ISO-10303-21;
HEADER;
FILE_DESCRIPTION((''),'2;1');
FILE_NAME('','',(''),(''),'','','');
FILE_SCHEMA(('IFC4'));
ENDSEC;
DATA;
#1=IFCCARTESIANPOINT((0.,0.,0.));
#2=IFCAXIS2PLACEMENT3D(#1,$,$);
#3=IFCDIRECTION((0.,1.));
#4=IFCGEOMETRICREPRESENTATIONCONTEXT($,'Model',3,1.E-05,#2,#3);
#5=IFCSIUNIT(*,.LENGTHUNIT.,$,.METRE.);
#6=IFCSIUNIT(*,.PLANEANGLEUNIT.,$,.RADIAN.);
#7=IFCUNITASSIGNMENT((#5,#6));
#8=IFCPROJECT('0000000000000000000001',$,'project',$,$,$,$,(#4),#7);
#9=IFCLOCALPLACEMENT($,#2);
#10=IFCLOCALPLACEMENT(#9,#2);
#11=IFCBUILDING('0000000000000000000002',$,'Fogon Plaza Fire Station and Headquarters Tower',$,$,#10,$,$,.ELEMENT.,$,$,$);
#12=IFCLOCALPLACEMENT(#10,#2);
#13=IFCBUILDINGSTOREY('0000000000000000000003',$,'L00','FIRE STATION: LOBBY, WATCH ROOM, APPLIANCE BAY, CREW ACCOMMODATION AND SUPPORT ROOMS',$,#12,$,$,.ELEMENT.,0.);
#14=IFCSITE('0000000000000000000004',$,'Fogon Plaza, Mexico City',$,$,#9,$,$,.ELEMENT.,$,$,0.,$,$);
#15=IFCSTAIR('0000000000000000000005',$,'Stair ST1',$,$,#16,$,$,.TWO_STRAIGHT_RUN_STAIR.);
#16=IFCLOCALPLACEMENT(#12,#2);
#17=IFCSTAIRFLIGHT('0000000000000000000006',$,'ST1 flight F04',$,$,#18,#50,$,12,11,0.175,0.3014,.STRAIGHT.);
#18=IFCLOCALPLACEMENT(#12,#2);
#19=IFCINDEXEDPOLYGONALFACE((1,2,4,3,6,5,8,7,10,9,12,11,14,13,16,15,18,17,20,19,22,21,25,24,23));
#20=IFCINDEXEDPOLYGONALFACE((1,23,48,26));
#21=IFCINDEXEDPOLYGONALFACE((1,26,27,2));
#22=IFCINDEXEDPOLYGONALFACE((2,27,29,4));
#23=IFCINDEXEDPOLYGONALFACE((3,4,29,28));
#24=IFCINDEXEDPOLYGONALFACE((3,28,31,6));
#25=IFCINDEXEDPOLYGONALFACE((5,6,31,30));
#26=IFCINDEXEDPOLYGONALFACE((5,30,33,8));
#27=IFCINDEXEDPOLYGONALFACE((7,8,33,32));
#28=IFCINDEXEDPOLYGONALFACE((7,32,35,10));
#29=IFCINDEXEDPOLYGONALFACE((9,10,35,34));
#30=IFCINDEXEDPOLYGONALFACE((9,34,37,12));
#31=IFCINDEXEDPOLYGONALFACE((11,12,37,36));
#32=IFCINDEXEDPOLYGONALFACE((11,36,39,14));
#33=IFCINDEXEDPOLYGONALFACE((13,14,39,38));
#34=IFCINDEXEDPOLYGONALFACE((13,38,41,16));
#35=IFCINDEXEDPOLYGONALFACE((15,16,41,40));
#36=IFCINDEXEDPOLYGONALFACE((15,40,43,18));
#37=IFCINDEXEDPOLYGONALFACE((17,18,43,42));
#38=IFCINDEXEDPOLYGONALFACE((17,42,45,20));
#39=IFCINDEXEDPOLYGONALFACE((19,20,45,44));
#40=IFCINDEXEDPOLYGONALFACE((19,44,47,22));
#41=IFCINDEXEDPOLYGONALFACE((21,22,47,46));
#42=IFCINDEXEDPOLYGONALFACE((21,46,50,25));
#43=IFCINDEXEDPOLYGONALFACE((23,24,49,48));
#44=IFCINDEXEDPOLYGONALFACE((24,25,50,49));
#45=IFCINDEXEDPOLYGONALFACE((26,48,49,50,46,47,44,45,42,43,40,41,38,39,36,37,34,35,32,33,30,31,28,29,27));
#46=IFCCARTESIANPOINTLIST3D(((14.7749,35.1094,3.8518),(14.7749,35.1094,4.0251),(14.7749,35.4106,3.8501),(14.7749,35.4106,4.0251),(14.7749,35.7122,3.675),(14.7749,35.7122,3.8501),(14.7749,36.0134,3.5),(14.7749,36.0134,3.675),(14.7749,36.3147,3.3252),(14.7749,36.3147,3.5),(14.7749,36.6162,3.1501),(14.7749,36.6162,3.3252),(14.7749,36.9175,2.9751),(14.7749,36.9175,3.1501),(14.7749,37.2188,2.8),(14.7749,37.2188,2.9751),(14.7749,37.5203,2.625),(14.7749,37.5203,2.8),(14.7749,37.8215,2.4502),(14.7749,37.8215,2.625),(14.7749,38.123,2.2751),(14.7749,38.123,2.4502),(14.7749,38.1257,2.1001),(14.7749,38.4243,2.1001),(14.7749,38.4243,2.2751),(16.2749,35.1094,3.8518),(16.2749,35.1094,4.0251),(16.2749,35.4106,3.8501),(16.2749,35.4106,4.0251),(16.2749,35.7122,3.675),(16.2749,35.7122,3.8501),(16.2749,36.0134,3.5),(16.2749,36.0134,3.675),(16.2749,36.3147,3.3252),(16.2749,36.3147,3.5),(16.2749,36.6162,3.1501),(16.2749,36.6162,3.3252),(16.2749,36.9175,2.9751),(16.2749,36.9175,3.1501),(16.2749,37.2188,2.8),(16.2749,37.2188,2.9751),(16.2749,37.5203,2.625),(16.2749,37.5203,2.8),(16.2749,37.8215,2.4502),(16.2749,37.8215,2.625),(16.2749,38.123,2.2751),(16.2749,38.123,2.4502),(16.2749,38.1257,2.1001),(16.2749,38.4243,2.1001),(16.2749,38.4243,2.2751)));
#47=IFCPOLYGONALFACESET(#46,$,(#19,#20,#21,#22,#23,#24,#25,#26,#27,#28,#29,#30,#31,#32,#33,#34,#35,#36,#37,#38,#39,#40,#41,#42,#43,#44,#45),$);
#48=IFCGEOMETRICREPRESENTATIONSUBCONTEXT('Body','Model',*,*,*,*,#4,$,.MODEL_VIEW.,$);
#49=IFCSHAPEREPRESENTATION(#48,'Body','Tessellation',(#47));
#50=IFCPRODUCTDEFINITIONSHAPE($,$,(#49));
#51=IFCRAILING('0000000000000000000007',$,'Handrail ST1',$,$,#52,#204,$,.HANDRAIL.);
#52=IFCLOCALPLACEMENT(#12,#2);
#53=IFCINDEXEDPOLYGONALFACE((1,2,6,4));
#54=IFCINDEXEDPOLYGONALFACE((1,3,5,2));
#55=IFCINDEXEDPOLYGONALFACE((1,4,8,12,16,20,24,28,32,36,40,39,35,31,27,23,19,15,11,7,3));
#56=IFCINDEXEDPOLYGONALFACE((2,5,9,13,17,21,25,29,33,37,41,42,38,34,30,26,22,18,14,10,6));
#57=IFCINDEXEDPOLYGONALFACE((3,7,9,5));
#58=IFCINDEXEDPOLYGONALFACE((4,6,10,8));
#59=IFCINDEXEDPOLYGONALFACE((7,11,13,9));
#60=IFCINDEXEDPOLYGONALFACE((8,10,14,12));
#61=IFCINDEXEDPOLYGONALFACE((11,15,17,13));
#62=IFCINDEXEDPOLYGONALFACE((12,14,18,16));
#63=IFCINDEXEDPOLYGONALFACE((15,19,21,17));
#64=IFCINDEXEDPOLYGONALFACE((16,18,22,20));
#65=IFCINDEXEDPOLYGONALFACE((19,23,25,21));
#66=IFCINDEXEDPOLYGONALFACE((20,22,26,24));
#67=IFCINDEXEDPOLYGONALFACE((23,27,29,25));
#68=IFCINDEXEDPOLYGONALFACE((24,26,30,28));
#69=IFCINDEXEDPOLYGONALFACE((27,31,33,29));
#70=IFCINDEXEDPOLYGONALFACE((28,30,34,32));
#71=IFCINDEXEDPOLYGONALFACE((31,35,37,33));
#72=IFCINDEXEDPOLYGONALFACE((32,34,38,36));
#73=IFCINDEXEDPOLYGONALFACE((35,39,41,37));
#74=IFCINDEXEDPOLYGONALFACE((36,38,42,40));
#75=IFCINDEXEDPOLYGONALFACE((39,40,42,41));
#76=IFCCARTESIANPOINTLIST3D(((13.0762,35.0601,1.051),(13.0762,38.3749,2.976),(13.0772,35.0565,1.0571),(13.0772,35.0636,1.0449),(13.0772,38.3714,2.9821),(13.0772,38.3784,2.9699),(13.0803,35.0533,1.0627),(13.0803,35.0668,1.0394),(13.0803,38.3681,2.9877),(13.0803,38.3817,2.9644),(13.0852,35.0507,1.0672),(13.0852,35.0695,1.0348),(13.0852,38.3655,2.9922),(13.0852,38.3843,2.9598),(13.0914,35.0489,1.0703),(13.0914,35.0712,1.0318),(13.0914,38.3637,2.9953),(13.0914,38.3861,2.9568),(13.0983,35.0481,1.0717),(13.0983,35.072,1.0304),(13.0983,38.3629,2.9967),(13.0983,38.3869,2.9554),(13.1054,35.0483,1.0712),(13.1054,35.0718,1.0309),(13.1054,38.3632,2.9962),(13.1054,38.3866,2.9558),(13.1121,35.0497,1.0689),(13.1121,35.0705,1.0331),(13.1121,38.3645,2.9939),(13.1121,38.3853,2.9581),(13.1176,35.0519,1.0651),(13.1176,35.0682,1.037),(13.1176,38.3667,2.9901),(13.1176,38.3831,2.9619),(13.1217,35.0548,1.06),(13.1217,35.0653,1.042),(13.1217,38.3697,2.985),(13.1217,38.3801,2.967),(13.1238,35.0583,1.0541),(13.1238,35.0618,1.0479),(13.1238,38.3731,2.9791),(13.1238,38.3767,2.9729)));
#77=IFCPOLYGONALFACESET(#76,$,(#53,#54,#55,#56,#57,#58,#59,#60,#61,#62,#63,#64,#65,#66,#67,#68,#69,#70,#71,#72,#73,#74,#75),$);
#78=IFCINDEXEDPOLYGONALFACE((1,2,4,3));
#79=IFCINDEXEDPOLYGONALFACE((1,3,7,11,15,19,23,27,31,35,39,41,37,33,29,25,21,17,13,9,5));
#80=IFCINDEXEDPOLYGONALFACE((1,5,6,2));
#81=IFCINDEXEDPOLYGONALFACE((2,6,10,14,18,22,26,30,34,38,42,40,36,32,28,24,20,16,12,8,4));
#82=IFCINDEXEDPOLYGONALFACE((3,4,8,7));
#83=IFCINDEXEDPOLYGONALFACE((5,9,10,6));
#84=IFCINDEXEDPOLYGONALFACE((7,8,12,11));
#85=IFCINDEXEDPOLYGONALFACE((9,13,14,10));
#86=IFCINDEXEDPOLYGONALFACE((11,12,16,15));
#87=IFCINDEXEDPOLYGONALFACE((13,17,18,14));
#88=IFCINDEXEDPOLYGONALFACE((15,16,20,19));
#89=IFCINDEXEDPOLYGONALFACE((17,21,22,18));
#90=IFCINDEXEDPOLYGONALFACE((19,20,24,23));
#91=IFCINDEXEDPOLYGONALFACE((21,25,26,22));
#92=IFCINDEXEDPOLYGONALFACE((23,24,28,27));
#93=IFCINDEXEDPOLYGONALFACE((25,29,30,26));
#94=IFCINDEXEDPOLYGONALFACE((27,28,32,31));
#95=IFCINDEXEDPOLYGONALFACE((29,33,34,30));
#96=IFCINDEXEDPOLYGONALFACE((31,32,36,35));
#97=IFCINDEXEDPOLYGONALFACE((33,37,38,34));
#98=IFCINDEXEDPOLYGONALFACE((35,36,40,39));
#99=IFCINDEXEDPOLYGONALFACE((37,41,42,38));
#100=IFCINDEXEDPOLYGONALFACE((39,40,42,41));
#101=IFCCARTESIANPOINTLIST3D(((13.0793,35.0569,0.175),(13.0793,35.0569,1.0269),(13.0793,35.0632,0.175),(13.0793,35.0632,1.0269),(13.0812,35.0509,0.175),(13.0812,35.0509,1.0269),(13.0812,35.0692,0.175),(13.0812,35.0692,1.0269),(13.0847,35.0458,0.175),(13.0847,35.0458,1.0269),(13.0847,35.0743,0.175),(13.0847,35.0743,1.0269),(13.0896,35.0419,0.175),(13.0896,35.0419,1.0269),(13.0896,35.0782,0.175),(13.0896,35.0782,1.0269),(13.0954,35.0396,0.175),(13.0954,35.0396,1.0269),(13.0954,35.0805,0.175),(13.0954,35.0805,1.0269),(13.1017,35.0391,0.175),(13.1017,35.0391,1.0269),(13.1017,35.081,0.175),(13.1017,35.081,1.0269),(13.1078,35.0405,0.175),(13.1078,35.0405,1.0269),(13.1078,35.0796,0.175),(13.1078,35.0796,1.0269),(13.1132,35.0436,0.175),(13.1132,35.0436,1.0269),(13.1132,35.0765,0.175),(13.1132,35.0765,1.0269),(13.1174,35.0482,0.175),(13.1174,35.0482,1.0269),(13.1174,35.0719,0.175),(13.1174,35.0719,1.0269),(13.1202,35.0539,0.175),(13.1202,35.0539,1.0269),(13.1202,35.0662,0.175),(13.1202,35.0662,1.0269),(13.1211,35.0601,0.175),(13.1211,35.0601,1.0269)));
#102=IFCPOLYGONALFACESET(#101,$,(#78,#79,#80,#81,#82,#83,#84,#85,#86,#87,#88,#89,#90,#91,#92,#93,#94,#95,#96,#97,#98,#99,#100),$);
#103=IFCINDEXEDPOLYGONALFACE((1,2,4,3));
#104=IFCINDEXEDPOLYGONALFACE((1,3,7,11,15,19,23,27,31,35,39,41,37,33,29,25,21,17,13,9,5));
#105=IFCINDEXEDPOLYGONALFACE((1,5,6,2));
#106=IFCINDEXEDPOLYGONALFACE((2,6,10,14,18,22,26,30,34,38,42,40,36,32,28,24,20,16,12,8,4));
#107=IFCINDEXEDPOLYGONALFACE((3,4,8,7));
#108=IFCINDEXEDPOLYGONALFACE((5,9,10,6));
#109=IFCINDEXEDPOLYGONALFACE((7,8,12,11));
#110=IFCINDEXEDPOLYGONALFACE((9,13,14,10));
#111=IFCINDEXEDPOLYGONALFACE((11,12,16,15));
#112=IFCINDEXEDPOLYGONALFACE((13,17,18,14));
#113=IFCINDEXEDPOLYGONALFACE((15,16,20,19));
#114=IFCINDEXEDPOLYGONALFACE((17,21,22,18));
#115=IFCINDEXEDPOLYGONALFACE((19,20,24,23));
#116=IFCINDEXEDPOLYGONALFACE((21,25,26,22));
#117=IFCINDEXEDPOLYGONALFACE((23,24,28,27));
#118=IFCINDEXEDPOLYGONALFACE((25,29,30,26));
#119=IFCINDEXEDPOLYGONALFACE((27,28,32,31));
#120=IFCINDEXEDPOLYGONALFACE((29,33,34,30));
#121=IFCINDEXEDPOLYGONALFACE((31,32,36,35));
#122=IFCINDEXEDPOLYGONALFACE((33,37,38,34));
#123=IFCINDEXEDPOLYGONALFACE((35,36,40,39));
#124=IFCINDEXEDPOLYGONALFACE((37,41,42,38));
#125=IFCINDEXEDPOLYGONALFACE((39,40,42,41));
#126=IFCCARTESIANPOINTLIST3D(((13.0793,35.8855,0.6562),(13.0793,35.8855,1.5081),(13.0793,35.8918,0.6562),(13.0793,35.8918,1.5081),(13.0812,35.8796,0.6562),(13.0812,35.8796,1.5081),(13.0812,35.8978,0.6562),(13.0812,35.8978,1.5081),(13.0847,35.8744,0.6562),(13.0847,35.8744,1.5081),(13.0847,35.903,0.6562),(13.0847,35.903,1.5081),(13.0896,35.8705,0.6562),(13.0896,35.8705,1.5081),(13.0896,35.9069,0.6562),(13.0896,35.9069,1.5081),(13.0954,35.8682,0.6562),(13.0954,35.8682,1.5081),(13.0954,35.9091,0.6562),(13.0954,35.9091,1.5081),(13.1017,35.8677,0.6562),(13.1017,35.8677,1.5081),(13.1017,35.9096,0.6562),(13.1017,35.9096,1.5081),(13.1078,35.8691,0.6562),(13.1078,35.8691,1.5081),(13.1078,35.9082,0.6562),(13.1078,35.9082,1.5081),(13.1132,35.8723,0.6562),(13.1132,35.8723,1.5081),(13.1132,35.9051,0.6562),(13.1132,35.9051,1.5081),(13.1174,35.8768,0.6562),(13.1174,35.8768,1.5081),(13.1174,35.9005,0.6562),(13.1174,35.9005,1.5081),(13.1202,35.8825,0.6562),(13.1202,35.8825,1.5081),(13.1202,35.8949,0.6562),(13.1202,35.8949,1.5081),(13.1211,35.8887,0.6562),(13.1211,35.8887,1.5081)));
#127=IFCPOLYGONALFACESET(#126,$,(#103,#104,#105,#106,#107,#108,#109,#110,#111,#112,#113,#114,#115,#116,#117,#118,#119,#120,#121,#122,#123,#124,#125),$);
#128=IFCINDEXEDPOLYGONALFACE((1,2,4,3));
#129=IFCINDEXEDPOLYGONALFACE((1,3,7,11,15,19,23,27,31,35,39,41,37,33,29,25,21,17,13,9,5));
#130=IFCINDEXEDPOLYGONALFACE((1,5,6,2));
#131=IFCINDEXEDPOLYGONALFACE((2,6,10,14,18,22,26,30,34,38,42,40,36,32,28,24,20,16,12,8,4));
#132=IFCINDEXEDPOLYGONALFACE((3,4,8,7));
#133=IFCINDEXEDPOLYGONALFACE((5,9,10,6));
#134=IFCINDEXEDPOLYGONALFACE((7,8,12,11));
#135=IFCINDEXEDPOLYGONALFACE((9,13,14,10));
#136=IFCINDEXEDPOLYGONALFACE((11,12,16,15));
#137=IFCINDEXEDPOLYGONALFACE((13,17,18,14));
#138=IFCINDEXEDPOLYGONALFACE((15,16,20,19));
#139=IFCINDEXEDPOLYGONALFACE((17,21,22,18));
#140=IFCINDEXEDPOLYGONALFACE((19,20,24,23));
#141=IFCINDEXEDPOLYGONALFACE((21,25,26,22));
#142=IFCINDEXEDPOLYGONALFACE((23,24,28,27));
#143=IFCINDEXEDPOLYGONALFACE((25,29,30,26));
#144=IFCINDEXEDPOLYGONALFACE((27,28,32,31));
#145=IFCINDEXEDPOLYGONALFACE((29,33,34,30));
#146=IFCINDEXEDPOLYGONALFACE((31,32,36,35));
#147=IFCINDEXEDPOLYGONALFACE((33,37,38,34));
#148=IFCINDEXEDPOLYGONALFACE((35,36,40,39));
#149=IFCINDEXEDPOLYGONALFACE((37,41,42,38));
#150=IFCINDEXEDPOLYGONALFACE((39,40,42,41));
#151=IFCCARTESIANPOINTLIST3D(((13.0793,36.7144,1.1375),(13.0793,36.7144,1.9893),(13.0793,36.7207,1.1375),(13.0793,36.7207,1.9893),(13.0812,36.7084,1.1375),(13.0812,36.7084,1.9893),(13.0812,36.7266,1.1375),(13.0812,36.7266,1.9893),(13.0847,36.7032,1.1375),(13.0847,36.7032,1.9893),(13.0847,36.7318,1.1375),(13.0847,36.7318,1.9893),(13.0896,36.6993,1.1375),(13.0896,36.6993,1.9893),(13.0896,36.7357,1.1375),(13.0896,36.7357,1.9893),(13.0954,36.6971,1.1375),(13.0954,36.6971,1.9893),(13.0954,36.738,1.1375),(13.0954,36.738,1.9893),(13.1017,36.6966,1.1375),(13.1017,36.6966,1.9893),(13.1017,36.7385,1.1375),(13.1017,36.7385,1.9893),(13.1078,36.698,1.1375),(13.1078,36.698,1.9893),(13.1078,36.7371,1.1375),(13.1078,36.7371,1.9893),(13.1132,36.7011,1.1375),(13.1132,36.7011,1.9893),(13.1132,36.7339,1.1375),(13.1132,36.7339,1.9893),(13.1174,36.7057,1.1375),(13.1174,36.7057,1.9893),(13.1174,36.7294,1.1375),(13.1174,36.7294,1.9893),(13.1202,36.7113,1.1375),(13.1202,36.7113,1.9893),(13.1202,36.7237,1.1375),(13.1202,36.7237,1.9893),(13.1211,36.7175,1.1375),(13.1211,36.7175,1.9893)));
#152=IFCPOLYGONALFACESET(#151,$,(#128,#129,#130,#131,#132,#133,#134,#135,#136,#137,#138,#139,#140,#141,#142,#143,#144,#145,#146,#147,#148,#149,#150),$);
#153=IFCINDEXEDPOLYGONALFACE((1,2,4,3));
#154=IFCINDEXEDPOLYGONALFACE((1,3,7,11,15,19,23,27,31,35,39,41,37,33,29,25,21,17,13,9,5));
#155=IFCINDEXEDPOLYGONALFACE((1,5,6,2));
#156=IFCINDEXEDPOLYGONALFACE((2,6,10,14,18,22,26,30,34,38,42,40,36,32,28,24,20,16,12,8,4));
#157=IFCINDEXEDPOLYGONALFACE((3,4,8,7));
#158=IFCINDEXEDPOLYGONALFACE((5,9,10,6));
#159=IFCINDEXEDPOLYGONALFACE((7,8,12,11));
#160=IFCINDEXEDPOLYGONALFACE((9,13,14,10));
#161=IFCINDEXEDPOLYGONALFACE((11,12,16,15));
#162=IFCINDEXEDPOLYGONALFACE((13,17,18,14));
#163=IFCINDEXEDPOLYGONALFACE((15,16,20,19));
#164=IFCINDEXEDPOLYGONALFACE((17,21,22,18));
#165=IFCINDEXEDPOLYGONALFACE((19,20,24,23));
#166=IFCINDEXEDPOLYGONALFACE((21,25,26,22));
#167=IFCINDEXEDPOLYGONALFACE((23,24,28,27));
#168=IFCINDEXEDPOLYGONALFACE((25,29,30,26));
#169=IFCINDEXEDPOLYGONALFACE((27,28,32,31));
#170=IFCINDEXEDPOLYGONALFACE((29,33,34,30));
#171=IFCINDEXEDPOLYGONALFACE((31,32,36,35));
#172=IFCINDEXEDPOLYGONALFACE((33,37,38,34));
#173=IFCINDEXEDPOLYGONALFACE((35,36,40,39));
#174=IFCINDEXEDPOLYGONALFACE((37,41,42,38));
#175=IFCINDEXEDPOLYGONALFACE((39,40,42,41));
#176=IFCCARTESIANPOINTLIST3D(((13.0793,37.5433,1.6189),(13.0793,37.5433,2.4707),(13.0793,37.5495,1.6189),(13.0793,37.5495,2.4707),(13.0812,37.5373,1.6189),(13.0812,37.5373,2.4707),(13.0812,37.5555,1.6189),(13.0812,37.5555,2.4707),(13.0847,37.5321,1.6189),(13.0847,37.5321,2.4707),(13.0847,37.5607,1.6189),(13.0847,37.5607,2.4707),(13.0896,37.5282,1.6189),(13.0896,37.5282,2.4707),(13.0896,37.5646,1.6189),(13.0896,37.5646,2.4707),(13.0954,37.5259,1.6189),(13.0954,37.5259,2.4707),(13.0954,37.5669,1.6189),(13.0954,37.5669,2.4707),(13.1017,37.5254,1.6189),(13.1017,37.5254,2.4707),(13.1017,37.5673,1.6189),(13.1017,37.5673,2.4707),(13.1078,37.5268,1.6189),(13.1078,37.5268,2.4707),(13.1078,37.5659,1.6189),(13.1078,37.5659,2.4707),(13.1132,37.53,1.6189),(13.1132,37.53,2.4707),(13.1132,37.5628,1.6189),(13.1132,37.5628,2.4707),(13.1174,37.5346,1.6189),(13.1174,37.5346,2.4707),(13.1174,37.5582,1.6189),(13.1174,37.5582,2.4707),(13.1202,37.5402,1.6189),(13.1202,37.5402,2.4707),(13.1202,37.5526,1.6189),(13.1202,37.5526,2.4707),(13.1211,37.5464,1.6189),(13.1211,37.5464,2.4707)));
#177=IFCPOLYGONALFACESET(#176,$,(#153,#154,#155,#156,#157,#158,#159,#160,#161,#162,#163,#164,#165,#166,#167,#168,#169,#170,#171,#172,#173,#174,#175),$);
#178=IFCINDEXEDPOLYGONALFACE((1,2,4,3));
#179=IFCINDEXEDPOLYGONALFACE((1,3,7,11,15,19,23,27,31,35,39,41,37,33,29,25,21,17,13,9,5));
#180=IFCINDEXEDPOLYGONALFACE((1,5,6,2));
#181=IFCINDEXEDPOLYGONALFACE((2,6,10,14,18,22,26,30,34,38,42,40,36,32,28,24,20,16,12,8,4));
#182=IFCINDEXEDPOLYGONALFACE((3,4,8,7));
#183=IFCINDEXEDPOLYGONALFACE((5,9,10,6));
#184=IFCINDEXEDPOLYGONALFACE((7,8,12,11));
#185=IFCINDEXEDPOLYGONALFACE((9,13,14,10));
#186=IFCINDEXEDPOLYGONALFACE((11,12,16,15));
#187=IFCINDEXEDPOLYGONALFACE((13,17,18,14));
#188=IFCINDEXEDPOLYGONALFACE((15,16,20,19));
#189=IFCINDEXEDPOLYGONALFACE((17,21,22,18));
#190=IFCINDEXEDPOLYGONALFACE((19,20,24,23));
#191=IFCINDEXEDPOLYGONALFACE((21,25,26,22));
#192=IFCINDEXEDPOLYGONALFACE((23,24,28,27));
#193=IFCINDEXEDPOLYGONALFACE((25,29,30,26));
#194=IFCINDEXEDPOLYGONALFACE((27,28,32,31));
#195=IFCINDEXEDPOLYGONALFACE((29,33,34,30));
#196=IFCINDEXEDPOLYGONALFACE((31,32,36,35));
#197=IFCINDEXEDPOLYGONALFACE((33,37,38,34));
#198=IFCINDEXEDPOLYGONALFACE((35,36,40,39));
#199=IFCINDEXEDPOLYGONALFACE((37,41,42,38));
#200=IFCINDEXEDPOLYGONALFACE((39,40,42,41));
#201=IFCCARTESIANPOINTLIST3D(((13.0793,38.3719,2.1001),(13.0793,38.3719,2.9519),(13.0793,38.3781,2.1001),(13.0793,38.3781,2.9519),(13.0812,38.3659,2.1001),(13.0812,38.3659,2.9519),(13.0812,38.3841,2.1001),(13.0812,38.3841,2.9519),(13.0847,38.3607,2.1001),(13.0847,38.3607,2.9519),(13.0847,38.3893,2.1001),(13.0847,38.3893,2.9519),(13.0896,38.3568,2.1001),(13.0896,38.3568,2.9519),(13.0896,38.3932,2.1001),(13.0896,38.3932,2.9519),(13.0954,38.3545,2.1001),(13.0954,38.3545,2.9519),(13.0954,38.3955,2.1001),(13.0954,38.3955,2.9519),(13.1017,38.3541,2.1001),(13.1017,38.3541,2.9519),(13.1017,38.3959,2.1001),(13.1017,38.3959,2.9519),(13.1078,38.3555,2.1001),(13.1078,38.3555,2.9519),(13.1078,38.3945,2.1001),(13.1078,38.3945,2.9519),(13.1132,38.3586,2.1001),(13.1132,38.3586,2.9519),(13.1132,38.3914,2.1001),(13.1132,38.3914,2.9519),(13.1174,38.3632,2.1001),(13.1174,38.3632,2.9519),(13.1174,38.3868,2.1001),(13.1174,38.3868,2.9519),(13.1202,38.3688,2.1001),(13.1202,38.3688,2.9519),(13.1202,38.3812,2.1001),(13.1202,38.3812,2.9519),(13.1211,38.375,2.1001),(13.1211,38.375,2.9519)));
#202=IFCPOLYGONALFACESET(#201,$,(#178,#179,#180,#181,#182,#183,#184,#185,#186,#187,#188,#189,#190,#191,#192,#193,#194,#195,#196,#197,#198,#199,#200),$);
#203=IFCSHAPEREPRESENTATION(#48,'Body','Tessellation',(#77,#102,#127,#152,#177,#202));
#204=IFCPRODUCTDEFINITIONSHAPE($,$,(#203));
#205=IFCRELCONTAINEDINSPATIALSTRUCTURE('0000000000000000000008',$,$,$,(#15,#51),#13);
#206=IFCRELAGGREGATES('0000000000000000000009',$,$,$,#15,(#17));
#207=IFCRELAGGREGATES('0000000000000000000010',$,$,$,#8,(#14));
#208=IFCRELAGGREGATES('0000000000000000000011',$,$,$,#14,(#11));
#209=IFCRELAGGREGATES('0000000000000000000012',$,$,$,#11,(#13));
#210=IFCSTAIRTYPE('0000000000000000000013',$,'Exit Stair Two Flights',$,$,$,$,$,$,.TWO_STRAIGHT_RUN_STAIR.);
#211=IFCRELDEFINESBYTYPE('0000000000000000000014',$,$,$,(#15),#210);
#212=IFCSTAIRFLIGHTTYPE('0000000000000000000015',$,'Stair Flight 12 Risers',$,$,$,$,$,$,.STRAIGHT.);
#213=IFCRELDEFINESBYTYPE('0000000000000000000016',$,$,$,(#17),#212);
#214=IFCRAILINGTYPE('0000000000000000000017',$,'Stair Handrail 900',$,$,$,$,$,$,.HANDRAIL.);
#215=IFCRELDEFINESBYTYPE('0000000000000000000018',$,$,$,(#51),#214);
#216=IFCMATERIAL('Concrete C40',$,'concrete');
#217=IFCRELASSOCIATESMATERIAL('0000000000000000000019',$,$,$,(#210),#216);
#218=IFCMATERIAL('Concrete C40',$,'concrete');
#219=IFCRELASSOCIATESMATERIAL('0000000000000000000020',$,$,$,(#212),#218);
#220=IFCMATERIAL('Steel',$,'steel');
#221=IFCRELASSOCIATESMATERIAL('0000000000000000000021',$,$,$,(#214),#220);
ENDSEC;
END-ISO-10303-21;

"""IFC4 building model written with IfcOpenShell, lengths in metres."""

from ifc_helpers import new_model, si_unit, direction, frame, origin, origin_2d, place, context, subcontext, project, spatial, polyline, circle, outline, extrude, material, type_object, element, aggregate, save


model = new_model("IFC4")

# Units and contexts
model_context = context("Model", 3, precision=1e-05, world=origin(), true_north=direction((0.0, 1.0)))
body_context = subcontext(model_context, "Body", "Model", "MODEL_VIEW")
ifc_project = project(units=[si_unit("LENGTHUNIT", "METRE"), si_unit("PLANEANGLEUNIT", "RADIAN")], contexts=[model_context])

# Site, building, storey
site_placement = place(None, origin())
site = spatial("IfcSite", under=ifc_project, at=site_placement, Name="Fogon Plaza, Mexico City", CompositionType="ELEMENT", RefElevation=0.0)
building_placement = place(site_placement, origin())
building = spatial("IfcBuilding", under=site, at=building_placement, Name="Fogon Plaza Fire Station and Headquarters Tower", CompositionType="ELEMENT")
storey_placement = place(building_placement, origin())
storey = spatial("IfcBuildingStorey", under=building, at=storey_placement, Name="L00", Description="FIRE STATION: LOBBY, WATCH ROOM, APPLIANCE BAY, CREW ACCOMMODATION AND SUPPORT ROOMS", CompositionType="ELEMENT", Elevation=0.0)

# Stair, stair flight
ifc_material_1 = material(Name="Concrete C40", Category="concrete")
stair_type = type_object("IfcStairType", Name="Exit Stair Two Flights", PredefinedType="TWO_STRAIGHT_RUN_STAIR", material=ifc_material_1)
stair_placement = place(storey_placement, origin())
stair = element("IfcStair", 1, at=stair_placement, inside=storey, type_object=stair_type, Name="Stair ST1", PredefinedType="TWO_STRAIGHT_RUN_STAIR")
ifc_material_2 = material(Name="Concrete C40", Category="concrete")
stair_flight_type = type_object("IfcStairFlightType", Name="Stair Flight 12 Risers", PredefinedType="STRAIGHT", material=ifc_material_2)
stair_flight_1_placement = place(storey_placement, frame((15.5249, 38.4243, 2.1001), z_axis=(0.0, 0.0, 1.0), x_axis=(0.0, -1.0, 0.0)))
stair_flight_1 = element("IfcStairFlight", 2, at=stair_flight_1_placement, type_object=stair_flight_type, Name="ST1 flight F04", NumberOfRisers=12, NumberOfTreads=11, PredefinedType="STRAIGHT", RiserHeight=0.175, TreadLength=0.3014, context=body_context, shape_type="SweptSolid", body=[
    extrude(outline(polyline([(0.0, 0.0), (0.0, 0.175), (0.3013, 0.175), (0.3013, 0.3501), (0.6028, 0.3501), (0.6028, 0.5249), (0.9041, 0.5249), (0.9041, 0.7), (1.2056, 0.7), (1.2056, 0.875), (1.5068, 0.875), (1.5068, 1.05), (1.8081, 1.05), (1.8081, 1.2251), (2.1096, 1.2251), (2.1096, 1.3999), (2.4109, 1.3999), (2.4109, 1.575), (2.7122, 1.575), (2.7122, 1.75), (3.0137, 1.75), (3.0137, 1.925), (3.3149, 1.925), (3.3149, 2.1001), (3.3149, 1.7517), (0.2986, 0.0), (0.0, 0.0)])), frame((0.0, 0.75, 0.0), z_axis=(0.0, -1.0, 0.0), x_axis=(1.0, 0.0, 0.0)), (0.0, 0.0, 1.0), 1.5),
])
aggregate(stair, [stair_flight_1])

# Railing
ifc_material_3 = material(Name="Steel", Category="steel")
railing_type = type_object("IfcRailingType", Name="Stair Handrail 900", PredefinedType="HANDRAIL", material=ifc_material_3)
for number, where, name in (
    (3, (13.1001, 35.0601, 0.175), "Handrail ST1"),
):
    element("IfcRailing", number, at=place(storey_placement, frame(where)), inside=storey, type_object=railing_type, Name=name, PredefinedType="HANDRAIL", context=body_context, shape_type="SweptSolid", body=[
        extrude(circle(Radius=0.0239, at=origin_2d()), frame((0.0, 0.0, 0.876), z_axis=(0.0, 0.864761, 0.502183), x_axis=(-1.0, 0.0, 0.0)), (0.0, 0.0, 1.0), 3.8333),
        extrude(circle(Radius=0.021, at=origin_2d()), origin(), (0.0, 0.0, 1.0), 0.8518),
        extrude(circle(Radius=0.021, at=origin_2d()), frame((0.0, 0.8286, 0.4812)), (0.0, 0.0, 1.0), 0.8518),
        extrude(circle(Radius=0.021, at=origin_2d()), frame((0.0, 1.6575, 0.9624)), (0.0, 0.0, 1.0), 0.8518),
        extrude(circle(Radius=0.021, at=origin_2d()), frame((0.0, 2.4863, 1.4438)), (0.0, 0.0, 1.0), 0.8518),
        extrude(circle(Radius=0.021, at=origin_2d()), frame((0.0, 3.3149, 1.925)), (0.0, 0.0, 1.0), 0.8518),
    ])

save(model, "model.ifc")
